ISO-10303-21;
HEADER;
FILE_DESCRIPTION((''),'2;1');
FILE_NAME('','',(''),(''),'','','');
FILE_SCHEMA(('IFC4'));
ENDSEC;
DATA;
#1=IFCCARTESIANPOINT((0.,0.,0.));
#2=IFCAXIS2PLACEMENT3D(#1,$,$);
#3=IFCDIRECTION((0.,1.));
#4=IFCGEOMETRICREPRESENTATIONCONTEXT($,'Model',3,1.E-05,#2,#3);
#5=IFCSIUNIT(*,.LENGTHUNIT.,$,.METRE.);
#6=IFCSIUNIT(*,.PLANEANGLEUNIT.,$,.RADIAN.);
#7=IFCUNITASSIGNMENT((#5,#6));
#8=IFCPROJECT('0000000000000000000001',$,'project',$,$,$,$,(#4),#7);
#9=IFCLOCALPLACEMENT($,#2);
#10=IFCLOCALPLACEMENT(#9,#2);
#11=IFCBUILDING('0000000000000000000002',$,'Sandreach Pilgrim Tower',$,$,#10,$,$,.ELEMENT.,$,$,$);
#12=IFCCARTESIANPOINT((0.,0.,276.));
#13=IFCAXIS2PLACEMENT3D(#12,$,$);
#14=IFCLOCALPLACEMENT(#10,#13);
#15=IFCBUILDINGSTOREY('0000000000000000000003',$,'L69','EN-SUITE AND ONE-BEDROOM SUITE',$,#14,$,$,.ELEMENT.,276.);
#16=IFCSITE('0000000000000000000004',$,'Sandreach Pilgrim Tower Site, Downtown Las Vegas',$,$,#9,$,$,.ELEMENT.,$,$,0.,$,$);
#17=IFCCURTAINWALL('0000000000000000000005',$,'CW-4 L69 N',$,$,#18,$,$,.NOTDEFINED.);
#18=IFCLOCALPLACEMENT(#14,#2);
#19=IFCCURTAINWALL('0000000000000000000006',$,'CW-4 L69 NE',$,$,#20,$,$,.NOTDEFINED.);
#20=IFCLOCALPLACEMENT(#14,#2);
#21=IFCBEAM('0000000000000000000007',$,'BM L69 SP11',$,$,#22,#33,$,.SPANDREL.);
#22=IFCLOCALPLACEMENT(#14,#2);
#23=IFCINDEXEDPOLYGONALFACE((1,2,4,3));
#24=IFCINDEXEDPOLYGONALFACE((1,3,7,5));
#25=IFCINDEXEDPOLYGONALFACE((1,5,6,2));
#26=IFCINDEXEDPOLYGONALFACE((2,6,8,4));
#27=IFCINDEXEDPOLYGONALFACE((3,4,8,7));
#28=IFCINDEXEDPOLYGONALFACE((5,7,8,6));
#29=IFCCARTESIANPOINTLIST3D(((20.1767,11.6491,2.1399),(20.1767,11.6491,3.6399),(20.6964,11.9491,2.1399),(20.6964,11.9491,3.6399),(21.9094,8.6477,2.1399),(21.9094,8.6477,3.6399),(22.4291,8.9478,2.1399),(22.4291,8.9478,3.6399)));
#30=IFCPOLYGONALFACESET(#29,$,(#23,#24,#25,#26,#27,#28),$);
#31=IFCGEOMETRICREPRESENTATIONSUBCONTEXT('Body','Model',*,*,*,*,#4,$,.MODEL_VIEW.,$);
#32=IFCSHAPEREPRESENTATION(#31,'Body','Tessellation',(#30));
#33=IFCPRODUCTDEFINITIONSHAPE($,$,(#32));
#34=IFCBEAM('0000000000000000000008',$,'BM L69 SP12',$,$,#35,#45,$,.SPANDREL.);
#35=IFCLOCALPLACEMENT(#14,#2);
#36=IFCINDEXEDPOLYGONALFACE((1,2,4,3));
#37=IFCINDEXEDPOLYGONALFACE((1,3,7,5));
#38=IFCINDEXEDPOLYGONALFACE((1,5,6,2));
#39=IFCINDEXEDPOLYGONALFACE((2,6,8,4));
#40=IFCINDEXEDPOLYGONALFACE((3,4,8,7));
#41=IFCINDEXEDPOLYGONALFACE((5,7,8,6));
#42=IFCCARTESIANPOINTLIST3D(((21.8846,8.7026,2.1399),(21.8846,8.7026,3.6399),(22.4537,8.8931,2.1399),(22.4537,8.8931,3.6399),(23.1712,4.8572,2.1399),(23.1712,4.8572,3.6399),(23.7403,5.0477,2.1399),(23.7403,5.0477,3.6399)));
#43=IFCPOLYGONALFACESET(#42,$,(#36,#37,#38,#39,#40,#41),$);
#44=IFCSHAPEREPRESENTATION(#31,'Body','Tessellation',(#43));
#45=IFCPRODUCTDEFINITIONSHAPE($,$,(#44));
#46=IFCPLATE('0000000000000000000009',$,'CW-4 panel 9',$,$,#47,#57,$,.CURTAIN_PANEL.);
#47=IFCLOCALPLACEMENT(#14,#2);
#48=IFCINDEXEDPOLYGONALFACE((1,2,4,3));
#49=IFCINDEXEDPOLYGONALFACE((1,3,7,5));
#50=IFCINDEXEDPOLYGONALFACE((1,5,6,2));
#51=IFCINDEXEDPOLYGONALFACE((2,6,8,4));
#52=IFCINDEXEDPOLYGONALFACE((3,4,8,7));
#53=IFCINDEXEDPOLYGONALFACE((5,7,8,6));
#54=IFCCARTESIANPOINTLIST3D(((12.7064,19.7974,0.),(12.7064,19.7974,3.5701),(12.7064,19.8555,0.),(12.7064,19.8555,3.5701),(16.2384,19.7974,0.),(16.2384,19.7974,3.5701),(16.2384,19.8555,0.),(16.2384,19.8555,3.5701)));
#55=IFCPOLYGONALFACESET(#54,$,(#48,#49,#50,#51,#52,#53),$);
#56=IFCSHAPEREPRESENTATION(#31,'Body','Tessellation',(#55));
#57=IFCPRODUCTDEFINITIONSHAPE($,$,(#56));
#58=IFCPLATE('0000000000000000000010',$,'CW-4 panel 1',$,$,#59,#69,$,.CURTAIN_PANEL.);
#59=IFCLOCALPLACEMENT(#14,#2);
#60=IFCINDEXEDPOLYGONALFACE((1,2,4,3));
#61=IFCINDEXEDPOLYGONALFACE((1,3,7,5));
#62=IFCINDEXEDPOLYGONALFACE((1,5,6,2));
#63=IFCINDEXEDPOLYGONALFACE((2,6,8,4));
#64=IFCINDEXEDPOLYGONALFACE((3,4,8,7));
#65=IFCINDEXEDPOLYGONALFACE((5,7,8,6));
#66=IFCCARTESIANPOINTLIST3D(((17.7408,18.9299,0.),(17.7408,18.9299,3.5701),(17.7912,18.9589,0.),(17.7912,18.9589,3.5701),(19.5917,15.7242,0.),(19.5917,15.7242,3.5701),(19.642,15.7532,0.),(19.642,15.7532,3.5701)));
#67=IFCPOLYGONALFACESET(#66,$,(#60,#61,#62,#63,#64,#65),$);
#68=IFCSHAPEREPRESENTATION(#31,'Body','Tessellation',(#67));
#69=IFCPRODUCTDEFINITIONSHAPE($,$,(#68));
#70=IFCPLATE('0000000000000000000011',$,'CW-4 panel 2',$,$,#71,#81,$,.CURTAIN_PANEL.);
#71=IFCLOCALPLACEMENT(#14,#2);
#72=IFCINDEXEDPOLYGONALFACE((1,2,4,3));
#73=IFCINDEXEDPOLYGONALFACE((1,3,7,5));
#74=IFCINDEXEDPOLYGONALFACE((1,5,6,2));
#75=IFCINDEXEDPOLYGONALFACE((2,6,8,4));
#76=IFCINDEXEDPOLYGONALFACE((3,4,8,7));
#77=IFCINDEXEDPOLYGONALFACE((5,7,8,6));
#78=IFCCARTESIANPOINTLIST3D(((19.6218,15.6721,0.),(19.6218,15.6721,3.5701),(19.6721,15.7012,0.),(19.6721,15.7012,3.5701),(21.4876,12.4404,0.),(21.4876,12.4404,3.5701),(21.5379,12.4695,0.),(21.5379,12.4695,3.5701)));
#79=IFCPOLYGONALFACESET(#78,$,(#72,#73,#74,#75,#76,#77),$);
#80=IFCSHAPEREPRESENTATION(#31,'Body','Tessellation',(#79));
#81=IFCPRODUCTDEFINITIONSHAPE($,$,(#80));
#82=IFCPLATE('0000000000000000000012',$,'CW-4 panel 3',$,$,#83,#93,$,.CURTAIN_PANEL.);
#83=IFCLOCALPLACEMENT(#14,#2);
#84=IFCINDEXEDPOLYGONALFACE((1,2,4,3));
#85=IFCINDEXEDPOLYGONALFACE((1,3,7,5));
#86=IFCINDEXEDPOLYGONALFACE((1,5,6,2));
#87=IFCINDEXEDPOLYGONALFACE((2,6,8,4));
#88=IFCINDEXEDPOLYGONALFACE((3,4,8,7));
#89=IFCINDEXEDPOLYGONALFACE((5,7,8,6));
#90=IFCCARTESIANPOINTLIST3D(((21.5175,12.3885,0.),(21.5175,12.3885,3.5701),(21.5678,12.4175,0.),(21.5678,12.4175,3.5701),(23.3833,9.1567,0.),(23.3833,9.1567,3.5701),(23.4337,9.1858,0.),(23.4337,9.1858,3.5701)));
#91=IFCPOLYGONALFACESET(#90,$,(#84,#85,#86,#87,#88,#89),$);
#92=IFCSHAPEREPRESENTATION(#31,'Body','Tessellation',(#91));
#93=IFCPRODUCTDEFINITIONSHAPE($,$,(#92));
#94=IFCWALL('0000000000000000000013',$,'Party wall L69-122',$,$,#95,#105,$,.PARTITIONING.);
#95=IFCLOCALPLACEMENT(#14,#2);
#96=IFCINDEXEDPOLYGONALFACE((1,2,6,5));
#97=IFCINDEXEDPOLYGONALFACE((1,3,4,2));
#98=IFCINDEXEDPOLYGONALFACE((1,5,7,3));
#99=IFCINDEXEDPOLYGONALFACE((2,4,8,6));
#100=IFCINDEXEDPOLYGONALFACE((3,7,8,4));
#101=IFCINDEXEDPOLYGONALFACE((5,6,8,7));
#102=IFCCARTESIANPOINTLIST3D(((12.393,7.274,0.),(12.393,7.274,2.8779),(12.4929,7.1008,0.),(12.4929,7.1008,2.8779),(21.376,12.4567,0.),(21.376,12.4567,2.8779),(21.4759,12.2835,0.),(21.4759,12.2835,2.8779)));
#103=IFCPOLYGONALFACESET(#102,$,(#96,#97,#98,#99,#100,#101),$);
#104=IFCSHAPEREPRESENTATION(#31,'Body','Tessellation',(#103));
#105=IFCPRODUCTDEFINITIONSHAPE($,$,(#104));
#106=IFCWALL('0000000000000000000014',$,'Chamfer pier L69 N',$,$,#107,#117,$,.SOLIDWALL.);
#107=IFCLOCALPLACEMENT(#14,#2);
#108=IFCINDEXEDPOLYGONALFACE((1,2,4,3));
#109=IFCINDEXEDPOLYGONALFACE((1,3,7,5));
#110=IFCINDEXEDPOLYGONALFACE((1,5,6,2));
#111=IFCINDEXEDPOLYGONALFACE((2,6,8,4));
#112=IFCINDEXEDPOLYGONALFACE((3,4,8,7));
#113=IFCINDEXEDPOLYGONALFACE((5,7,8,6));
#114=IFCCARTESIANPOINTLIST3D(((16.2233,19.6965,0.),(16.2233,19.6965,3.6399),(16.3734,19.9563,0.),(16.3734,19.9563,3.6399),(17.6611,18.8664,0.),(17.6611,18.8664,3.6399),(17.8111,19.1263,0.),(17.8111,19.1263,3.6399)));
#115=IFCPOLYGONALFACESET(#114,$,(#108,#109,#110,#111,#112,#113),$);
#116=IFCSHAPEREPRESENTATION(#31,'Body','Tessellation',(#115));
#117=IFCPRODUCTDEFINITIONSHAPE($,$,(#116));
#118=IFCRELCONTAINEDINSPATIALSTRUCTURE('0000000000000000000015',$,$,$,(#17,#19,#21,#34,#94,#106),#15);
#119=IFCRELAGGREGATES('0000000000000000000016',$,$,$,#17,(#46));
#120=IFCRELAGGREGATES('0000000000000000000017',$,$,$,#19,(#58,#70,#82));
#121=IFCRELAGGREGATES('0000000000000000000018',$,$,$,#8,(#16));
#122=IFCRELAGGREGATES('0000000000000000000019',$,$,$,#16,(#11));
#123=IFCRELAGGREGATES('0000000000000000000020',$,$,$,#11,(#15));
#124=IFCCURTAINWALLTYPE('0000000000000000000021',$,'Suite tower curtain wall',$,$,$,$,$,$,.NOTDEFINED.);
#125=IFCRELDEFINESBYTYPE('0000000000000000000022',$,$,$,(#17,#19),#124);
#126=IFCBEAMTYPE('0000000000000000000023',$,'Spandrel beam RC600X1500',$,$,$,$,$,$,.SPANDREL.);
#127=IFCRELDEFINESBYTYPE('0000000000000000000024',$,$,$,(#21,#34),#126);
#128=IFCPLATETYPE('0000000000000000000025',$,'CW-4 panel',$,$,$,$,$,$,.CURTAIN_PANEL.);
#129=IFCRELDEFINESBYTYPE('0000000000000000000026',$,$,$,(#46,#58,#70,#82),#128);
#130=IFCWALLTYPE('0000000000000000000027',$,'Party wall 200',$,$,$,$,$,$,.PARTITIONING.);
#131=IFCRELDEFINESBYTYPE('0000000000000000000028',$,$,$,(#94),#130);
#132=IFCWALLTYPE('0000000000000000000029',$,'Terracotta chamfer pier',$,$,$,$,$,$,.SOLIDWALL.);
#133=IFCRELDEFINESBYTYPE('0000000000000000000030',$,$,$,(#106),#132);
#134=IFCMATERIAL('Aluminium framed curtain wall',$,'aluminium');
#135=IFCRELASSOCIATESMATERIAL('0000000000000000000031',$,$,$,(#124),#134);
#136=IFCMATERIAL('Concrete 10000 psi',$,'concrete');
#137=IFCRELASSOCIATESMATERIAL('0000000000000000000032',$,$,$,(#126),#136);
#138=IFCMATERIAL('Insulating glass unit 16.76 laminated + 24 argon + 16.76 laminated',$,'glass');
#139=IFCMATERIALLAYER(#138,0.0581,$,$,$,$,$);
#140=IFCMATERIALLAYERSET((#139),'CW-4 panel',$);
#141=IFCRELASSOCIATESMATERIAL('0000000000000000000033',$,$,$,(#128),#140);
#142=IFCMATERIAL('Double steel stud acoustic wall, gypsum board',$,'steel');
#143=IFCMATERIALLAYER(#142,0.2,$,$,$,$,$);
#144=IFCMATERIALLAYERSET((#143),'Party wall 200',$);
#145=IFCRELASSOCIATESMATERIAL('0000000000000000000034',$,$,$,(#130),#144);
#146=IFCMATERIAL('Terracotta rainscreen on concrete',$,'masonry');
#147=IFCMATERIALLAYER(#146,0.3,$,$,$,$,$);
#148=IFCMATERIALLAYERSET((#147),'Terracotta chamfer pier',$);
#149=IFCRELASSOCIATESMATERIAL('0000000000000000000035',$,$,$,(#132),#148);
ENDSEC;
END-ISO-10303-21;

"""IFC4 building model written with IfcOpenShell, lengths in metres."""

from ifc_helpers import new_model, si_unit, direction, frame, frame_2d, origin, origin_2d, place, context, subcontext, project, spatial, rectangle, extrude, material, layer, layer_set, material_profile, profile_set, type_object, element, aggregate, save


model = new_model("IFC4")

# Units and contexts
model_context = context("Model", 3, precision=1e-05, world=origin(), true_north=direction((0.0, 1.0)))
body_context = subcontext(model_context, "Body", "Model", "MODEL_VIEW")
ifc_project = project(units=[si_unit("LENGTHUNIT", "METRE"), si_unit("PLANEANGLEUNIT", "RADIAN")], contexts=[model_context])

# Site, building, storey
site_placement = place(None, origin())
site = spatial("IfcSite", under=ifc_project, at=site_placement, Name="Sandreach Pilgrim Tower Site, Downtown Las Vegas", CompositionType="ELEMENT", RefElevation=0.0)
building_placement = place(site_placement, origin())
building = spatial("IfcBuilding", under=site, at=building_placement, Name="Sandreach Pilgrim Tower", CompositionType="ELEMENT")
storey_placement = place(building_placement, frame((0.0, 0.0, 276.0)))
storey = spatial("IfcBuildingStorey", under=building, at=storey_placement, Name="L69", Description="EN-SUITE AND ONE-BEDROOM SUITE", CompositionType="ELEMENT", Elevation=276.0)

# Curtain wall
ifc_material_1 = material(Name="Aluminium framed curtain wall", Category="aluminium")
curtain_wall_type = type_object("IfcCurtainWallType", Name="Suite tower curtain wall", PredefinedType="NOTDEFINED", material=ifc_material_1)
curtain_wall_1_placement = place(storey_placement, origin())
curtain_wall_1 = element("IfcCurtainWall", 1, at=curtain_wall_1_placement, inside=storey, type_object=curtain_wall_type, Name="CW-4 L69 N", PredefinedType="NOTDEFINED")

# Curtain wall
curtain_wall_2_placement = place(storey_placement, origin())
curtain_wall_2 = element("IfcCurtainWall", 2, at=curtain_wall_2_placement, inside=storey, type_object=curtain_wall_type, Name="CW-4 L69 NE", PredefinedType="NOTDEFINED")

# Beams
ifc_material_2 = material(Name="Concrete 10000 psi", Category="concrete")
ifc_material_profile_1 = material_profile(ifc_material_2, rectangle(XDim=0.6001, YDim=1.5, at=origin_2d()), Name="RC600X1500")
ifc_profile_set_1 = profile_set([ifc_material_profile_1], Name="Concrete 10000 psi")
beam_type_1 = type_object("IfcBeamType", Name="Spandrel beam RC600X1500", PredefinedType="SPANDREL", material=ifc_profile_set_1)
for number, where, z_axis, x_axis, name in (
    (3, (20.4365, 11.7991, 2.8899), (0.499981, -0.866037, 0.0), (0.866037, 0.499981, 0.0), "BM L69 SP11"),
):
    element("IfcBeam", number, at=place(storey_placement, frame(where, z_axis=z_axis, x_axis=x_axis)), inside=storey, type_object=beam_type_1, Name=name, PredefinedType="SPANDREL", context=body_context, shape_type="SweptSolid", body=[
        extrude(rectangle(XDim=0.6001, YDim=1.5, at=origin_2d()), origin(), (0.0, 0.0, 1.0), 3.4656),
    ])
beam_1_placement = place(storey_placement, frame((22.1692, 8.7979, 2.8899), z_axis=(0.317293, -0.948327, 0.0), x_axis=(0.948327, 0.317293, 0.0)))
element("IfcBeam", 4, at=beam_1_placement, inside=storey, type_object=beam_type_1, Name="BM L69 SP12", PredefinedType="SPANDREL", context=body_context, shape_type="SweptSolid", body=[
    extrude(rectangle(XDim=0.6001, YDim=1.5, at=origin_2d()), origin(), (0.0, 0.0, 1.0), 4.0549),
])

# Plates
ifc_material_3 = material(Name="Insulating glass unit 16.76 laminated + 24 argon + 16.76 laminated", Category="glass")
ifc_layer_1 = layer(ifc_material_3, 0.0581)
ifc_layer_set_1 = layer_set([ifc_layer_1], Name="CW-4 panel")
plate_type = type_object("IfcPlateType", Name="CW-4 panel", PredefinedType="CURTAIN_PANEL", material=ifc_layer_set_1)
plate_1_placement = place(storey_placement, frame((14.4724, 19.8264, 0.0), z_axis=(0.0, 0.0, 1.0), x_axis=(1.0, 0.0, 0.0)))
plate_1 = element("IfcPlate", 5, at=plate_1_placement, type_object=plate_type, Name="CW-4 panel 9", PredefinedType="CURTAIN_PANEL", context=body_context, shape_type="SweptSolid", body=[
    extrude(rectangle(XDim=3.532, YDim=0.0581, at=origin_2d()), origin(), (0.0, 0.0, 1.0), 3.5701),
])
aggregate(curtain_wall_1, [plate_1])
plate_2_placement = place(storey_placement, frame((18.6914, 17.3416, 0.0), z_axis=(0.0, 0.0, 1.0), x_axis=(0.5, -0.866025, 0.0)))
plate_2 = element("IfcPlate", 6, at=plate_2_placement, type_object=plate_type, Name="CW-4 panel 1", PredefinedType="CURTAIN_PANEL", context=body_context, shape_type="SweptSolid", body=[
    extrude(rectangle(XDim=3.7017, YDim=0.0581, at=origin_2d()), origin(), (0.0, 0.0, 1.0), 3.5701),
])
plate_3_placement = place(storey_placement, frame((20.5798, 14.0708, 0.0), z_axis=(0.0, 0.0, 1.0), x_axis=(0.5, -0.866025, 0.0)))
plate_3 = element("IfcPlate", 7, at=plate_3_placement, type_object=plate_type, Name="CW-4 panel 2", PredefinedType="CURTAIN_PANEL", context=body_context, shape_type="SweptSolid", body=[
    extrude(rectangle(XDim=3.7317, YDim=0.0581, at=origin_2d()), origin(), (0.0, 0.0, 1.0), 3.5701),
])
plate_4_placement = place(storey_placement, frame((22.4756, 10.7871, 0.0), z_axis=(0.0, 0.0, 1.0), x_axis=(0.5, -0.866025, 0.0)))
plate_4 = element("IfcPlate", 8, at=plate_4_placement, type_object=plate_type, Name="CW-4 panel 3", PredefinedType="CURTAIN_PANEL", context=body_context, shape_type="SweptSolid", body=[
    extrude(rectangle(XDim=3.7317, YDim=0.0581, at=origin_2d()), origin(), (0.0, 0.0, 1.0), 3.5701),
])
aggregate(curtain_wall_2, [plate_2, plate_3, plate_4])

# Walls
ifc_material_4 = material(Name="Double steel stud acoustic wall, gypsum board", Category="steel")
ifc_layer_2 = layer(ifc_material_4, 0.2)
ifc_layer_set_2 = layer_set([ifc_layer_2], Name="Party wall 200")
wall_type_1 = type_object("IfcWallType", Name="Party wall 200", PredefinedType="PARTITIONING", material=ifc_layer_set_2)
wall_1_placement = place(storey_placement, frame((21.426, 12.3701, 0.0), z_axis=(0.0, 0.0, 1.0), x_axis=(-0.866179, -0.499735, 0.0)))
element("IfcWall", 9, at=wall_1_placement, inside=storey, type_object=wall_type_1, Name="Party wall L69-122", PredefinedType="PARTITIONING", context=body_context, shape_type="SweptSolid", body=[
    extrude(rectangle(XDim=10.3708, YDim=0.2, at=frame_2d((5.1855, 0.0))), origin(), (0.0, 0.0, 1.0), 2.8779),
])
ifc_material_5 = material(Name="Terracotta rainscreen on concrete", Category="masonry")
ifc_layer_3 = layer(ifc_material_5, 0.3)
ifc_layer_set_3 = layer_set([ifc_layer_3], Name="Terracotta chamfer pier")
wall_type_2 = type_object("IfcWallType", Name="Terracotta chamfer pier", PredefinedType="SOLIDWALL", material=ifc_layer_set_3)
wall_2_placement = place(storey_placement, frame((16.2983, 19.8264, 0.0), z_axis=(0.0, 0.0, 1.0), x_axis=(0.866026, -0.499998, 0.0)))
element("IfcWall", 10, at=wall_2_placement, inside=storey, type_object=wall_type_2, Name="Chamfer pier L69 N", PredefinedType="SOLIDWALL", context=body_context, shape_type="SweptSolid", body=[
    extrude(rectangle(XDim=1.6602, YDim=0.3, at=frame_2d((0.8301, 0.0))), origin(), (0.0, 0.0, 1.0), 3.6399),
])

save(model, "model.ifc")
